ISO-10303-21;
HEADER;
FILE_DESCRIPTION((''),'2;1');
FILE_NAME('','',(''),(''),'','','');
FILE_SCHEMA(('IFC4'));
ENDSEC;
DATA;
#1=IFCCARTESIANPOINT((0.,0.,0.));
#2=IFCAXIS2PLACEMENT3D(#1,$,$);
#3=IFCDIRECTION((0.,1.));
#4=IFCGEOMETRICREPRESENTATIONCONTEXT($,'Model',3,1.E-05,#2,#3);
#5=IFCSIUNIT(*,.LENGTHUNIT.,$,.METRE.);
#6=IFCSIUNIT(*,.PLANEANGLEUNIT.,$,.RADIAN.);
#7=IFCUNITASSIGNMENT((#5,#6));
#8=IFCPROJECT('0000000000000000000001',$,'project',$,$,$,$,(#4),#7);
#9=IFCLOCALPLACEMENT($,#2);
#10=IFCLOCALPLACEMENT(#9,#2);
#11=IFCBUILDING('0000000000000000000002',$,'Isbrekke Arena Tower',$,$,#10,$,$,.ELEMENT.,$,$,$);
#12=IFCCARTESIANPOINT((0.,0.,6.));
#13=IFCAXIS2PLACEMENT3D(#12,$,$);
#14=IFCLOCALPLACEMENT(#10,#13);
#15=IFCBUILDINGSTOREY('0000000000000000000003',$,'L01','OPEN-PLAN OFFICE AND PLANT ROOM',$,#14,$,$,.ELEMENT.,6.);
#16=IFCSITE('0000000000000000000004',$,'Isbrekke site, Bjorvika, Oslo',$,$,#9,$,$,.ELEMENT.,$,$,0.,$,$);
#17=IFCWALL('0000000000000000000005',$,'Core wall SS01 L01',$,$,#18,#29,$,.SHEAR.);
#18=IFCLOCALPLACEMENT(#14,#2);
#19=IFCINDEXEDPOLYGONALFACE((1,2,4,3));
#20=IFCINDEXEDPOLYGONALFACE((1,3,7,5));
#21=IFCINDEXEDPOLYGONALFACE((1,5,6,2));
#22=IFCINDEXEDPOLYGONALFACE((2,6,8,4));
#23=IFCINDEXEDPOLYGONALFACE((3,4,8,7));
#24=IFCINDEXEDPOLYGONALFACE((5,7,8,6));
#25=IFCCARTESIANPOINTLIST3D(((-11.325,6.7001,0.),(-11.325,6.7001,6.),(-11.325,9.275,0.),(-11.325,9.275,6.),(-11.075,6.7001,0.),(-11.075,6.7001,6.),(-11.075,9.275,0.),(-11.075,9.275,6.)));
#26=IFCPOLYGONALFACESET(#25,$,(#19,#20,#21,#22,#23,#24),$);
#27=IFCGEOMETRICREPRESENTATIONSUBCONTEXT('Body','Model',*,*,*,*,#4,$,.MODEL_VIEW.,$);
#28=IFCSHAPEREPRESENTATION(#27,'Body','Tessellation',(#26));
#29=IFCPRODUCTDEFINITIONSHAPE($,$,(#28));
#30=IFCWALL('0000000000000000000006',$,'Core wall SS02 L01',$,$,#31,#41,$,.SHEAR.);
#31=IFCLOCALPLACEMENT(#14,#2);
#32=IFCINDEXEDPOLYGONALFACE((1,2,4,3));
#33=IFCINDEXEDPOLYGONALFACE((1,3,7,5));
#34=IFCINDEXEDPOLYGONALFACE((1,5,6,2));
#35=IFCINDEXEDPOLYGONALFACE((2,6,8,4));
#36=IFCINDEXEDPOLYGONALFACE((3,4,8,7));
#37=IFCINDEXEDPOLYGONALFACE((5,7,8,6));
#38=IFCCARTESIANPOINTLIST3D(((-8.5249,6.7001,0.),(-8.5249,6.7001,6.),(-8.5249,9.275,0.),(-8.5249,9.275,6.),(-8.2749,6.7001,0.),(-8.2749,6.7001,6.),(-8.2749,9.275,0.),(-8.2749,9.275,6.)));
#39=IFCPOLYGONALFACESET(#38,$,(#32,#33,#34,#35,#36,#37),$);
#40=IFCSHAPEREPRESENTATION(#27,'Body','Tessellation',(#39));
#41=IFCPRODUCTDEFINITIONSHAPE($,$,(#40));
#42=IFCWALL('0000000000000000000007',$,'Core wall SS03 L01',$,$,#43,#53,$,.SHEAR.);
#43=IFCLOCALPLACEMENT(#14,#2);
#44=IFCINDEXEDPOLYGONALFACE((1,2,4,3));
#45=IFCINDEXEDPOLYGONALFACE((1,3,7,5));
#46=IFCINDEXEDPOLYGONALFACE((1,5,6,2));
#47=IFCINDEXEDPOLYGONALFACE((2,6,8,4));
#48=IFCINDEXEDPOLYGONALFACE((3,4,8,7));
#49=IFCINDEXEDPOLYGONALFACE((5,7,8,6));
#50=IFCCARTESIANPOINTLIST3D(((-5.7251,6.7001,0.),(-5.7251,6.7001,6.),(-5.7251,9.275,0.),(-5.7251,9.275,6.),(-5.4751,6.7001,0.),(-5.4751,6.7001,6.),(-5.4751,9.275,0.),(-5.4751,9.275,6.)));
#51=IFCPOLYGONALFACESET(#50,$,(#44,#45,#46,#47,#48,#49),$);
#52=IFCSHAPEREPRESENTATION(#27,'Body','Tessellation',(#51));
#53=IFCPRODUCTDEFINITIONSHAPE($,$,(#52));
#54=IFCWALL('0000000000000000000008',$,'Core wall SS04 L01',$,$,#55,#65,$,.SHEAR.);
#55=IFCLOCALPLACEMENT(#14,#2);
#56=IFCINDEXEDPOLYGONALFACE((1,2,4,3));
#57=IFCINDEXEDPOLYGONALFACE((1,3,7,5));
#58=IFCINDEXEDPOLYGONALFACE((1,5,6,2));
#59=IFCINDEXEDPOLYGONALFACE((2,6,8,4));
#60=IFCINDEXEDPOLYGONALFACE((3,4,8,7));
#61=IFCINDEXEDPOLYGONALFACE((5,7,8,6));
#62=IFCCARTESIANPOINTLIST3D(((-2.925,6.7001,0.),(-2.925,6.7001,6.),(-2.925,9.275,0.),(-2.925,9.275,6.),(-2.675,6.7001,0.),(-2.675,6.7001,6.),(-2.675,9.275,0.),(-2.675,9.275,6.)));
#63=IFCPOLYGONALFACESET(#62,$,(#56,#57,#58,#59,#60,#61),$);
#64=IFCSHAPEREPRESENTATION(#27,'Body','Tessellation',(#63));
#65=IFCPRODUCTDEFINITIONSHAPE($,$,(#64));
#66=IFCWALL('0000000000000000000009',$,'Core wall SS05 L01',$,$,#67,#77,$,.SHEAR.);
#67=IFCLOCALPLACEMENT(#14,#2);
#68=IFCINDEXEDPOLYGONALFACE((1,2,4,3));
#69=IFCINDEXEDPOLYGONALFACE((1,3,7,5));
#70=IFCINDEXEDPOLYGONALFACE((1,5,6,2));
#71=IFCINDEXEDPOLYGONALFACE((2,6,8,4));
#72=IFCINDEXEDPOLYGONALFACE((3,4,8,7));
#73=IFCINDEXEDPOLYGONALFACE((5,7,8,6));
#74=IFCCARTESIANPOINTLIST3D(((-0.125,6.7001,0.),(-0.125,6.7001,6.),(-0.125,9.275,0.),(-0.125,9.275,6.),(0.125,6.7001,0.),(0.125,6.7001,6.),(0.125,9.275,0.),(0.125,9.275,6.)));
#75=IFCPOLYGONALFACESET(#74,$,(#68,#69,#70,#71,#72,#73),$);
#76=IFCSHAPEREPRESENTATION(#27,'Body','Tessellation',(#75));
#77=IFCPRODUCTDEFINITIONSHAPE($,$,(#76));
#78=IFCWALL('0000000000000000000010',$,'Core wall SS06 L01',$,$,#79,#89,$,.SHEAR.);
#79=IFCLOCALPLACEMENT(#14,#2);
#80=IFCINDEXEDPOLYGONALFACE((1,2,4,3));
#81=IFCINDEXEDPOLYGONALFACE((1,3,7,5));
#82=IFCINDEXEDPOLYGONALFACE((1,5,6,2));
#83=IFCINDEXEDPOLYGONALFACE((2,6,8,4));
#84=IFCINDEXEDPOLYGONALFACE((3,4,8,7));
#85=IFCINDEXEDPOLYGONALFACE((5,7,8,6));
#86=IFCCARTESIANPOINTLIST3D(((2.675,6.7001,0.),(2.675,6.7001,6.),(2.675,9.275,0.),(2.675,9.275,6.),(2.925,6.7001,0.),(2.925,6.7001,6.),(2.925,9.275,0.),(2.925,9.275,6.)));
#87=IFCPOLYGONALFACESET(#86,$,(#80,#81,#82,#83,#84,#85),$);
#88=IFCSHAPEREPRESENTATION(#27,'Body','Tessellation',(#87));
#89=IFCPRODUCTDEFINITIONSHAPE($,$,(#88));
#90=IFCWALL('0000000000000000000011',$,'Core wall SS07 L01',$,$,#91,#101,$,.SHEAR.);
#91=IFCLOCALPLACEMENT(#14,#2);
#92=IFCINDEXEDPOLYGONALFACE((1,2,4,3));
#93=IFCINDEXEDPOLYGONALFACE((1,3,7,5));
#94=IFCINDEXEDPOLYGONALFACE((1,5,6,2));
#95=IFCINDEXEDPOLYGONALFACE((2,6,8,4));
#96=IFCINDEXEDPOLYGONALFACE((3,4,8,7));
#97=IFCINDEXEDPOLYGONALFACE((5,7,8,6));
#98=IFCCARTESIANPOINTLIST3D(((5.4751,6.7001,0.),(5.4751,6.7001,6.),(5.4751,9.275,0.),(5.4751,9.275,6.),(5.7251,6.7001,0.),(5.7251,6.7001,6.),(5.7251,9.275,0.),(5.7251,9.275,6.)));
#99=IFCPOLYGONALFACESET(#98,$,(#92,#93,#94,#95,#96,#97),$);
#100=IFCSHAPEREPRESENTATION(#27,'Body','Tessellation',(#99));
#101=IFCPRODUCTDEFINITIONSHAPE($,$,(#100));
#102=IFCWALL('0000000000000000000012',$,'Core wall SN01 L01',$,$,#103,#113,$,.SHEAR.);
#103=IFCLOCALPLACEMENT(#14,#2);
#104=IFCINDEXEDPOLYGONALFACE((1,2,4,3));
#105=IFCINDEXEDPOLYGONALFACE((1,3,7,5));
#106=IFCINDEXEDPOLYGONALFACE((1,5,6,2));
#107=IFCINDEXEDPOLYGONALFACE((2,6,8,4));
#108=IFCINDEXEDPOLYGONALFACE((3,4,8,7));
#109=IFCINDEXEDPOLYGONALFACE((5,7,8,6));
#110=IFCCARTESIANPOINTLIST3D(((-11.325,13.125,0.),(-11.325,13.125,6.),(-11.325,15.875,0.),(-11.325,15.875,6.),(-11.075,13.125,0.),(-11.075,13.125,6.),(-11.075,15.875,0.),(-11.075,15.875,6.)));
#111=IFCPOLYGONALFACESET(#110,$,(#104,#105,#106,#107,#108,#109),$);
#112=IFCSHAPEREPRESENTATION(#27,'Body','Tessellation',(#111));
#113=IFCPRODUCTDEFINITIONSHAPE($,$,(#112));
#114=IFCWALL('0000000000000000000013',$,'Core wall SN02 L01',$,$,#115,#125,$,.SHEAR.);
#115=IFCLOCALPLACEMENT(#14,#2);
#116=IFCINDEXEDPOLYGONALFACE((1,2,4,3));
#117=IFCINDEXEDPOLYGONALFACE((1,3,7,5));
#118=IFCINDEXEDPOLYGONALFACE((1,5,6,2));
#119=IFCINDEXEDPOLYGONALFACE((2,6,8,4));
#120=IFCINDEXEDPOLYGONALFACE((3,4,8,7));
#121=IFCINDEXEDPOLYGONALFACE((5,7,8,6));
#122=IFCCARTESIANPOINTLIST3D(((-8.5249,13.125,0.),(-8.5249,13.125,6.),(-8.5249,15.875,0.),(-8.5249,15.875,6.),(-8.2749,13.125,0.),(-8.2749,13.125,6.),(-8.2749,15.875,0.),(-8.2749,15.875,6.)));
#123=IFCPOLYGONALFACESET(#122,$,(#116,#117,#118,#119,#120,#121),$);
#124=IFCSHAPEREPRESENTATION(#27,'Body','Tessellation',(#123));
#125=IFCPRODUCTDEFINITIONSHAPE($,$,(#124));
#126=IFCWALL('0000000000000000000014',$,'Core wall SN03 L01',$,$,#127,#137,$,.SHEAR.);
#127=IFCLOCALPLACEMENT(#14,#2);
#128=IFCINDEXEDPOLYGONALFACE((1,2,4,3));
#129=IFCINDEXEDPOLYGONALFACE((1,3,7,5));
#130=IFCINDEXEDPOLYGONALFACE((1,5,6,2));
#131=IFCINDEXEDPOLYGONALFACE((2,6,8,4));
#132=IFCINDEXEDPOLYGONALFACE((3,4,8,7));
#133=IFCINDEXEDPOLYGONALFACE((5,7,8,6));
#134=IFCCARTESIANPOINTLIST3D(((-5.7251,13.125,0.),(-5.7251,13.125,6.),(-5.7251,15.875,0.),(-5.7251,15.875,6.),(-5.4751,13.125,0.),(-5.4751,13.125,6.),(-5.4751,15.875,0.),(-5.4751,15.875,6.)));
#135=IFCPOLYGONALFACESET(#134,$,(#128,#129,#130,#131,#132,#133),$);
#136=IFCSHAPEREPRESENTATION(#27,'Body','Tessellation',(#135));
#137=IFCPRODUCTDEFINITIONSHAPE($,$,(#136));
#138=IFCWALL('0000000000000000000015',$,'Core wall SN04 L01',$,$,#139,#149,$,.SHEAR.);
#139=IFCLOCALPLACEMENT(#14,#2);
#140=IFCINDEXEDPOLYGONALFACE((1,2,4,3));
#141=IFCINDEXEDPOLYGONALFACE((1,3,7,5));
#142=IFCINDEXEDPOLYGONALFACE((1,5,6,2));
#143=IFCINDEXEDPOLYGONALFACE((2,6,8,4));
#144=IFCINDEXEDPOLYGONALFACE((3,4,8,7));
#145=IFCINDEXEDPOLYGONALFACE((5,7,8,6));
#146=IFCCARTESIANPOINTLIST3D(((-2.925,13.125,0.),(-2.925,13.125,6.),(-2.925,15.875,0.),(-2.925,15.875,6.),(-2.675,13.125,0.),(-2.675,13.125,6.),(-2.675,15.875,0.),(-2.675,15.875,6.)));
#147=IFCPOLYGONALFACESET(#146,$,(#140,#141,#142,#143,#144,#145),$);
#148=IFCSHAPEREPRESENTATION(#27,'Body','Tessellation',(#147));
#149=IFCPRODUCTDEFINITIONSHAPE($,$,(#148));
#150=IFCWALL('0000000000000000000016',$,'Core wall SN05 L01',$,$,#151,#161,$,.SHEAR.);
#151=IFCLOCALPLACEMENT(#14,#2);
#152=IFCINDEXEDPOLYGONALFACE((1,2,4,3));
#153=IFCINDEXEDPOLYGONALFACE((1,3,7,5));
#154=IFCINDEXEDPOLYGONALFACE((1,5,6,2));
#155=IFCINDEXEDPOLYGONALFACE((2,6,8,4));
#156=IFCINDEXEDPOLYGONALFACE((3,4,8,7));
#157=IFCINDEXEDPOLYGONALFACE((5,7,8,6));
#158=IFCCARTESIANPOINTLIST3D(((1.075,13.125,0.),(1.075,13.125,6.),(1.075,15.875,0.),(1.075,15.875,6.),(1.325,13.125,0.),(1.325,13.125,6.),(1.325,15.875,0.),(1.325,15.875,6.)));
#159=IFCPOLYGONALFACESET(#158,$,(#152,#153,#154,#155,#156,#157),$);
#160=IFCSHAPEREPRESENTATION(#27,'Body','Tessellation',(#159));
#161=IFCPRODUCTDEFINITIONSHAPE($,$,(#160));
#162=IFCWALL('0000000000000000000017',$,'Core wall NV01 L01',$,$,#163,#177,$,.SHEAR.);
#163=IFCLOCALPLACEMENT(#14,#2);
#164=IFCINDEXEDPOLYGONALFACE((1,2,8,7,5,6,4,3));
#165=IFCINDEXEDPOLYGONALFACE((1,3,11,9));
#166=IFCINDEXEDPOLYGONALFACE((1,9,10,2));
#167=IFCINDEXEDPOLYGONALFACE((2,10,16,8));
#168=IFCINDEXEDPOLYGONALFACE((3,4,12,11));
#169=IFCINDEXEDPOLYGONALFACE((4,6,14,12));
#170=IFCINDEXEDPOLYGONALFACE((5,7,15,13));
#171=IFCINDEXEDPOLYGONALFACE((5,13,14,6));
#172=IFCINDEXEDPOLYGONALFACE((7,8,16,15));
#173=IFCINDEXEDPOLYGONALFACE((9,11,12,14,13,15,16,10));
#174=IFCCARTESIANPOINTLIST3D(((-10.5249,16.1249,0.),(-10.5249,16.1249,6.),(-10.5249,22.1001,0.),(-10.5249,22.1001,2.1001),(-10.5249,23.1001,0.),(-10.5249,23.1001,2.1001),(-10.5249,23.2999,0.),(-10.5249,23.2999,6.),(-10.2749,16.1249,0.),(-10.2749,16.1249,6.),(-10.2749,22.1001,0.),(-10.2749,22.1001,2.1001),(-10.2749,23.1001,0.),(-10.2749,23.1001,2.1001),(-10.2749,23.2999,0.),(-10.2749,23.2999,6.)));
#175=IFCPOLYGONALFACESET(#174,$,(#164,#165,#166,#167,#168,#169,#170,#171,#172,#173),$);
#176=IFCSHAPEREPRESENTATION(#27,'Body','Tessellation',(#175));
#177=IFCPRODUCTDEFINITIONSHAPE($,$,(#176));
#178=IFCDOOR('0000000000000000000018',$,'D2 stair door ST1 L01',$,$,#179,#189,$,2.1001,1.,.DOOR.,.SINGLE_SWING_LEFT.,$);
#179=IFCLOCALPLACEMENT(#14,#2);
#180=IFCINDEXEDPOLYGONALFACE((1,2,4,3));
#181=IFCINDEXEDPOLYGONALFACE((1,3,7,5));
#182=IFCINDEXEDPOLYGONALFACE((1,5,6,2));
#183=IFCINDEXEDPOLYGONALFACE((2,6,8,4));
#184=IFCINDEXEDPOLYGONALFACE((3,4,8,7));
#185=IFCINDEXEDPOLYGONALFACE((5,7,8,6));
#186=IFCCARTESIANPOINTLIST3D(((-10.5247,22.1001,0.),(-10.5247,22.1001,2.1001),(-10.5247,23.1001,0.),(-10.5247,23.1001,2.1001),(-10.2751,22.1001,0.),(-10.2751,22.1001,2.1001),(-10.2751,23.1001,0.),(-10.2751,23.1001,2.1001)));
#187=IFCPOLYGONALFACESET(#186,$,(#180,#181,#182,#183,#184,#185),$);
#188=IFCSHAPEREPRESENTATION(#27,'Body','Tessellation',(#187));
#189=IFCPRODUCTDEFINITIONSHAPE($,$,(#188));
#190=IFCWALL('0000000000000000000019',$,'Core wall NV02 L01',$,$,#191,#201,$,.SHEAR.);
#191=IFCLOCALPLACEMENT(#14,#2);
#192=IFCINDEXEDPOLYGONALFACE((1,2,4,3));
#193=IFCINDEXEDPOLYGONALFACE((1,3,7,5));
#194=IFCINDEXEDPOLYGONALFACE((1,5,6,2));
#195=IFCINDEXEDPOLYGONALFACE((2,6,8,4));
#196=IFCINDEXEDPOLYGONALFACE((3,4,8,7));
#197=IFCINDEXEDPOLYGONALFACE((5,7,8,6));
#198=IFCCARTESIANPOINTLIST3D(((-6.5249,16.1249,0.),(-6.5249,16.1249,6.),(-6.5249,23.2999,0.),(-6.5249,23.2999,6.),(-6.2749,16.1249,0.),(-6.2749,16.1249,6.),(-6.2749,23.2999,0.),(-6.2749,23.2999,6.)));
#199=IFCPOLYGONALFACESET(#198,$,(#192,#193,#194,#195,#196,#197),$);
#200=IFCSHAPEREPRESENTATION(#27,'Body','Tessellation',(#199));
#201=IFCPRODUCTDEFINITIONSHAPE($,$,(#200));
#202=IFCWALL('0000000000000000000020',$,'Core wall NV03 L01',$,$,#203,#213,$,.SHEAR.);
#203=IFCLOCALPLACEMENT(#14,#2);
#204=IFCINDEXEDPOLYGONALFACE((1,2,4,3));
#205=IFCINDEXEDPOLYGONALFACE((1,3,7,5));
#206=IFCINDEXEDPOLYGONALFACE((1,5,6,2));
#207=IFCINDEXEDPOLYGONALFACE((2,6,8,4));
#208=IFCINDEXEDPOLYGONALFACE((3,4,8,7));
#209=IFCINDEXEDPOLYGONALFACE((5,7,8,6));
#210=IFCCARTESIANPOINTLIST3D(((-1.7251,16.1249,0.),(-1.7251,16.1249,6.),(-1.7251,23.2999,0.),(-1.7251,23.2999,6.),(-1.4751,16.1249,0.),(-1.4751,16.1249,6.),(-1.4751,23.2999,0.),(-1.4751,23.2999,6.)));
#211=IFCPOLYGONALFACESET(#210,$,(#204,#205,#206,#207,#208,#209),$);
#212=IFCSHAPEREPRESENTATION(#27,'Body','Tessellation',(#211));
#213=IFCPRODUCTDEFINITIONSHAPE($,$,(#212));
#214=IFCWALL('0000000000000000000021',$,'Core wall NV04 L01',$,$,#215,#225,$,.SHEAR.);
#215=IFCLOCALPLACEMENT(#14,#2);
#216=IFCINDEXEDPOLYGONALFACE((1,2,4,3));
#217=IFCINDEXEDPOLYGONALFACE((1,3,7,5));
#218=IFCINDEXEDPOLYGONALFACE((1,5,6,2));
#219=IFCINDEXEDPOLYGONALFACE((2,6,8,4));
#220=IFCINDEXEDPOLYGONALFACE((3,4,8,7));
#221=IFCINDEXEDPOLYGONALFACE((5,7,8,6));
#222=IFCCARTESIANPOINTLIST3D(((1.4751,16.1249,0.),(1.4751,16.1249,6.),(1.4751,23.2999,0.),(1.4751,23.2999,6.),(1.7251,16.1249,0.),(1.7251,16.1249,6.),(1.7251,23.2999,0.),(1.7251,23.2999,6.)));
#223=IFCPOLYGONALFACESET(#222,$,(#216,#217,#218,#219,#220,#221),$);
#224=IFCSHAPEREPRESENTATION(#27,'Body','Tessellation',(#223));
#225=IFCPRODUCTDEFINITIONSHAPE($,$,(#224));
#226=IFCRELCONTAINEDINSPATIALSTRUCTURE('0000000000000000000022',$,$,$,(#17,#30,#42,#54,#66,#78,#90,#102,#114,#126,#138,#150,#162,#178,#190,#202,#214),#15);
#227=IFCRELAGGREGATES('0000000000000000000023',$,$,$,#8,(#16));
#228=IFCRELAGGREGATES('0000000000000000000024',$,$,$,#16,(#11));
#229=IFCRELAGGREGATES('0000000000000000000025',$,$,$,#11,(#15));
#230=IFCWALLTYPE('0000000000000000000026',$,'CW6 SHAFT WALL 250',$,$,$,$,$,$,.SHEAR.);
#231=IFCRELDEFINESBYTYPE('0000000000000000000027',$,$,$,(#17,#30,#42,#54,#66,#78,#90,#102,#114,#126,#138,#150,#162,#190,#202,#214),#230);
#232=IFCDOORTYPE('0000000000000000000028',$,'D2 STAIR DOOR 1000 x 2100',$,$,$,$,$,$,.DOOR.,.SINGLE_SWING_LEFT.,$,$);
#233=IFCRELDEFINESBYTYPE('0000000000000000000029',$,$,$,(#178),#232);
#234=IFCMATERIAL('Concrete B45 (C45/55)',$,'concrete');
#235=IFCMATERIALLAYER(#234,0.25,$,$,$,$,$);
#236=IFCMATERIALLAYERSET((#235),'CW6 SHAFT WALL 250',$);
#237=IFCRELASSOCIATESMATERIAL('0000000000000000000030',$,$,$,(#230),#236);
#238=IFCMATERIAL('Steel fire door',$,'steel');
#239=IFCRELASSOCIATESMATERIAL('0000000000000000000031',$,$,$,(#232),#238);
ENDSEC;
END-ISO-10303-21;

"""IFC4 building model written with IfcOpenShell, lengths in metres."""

from ifc_helpers import new_model, si_unit, direction, frame, frame_2d, origin, place, context, subcontext, project, spatial, rectangle, extrude, material, layer, layer_set, type_object, element, fill, save


model = new_model("IFC4")

# Units and contexts
model_context = context("Model", 3, precision=1e-05, world=origin(), true_north=direction((0.0, 1.0)))
body_context = subcontext(model_context, "Body", "Model", "MODEL_VIEW")
ifc_project = project(units=[si_unit("LENGTHUNIT", "METRE"), si_unit("PLANEANGLEUNIT", "RADIAN")], contexts=[model_context])

# Site, building, storey
site_placement = place(None, origin())
site = spatial("IfcSite", under=ifc_project, at=site_placement, Name="Isbrekke site, Bjorvika, Oslo", CompositionType="ELEMENT", RefElevation=0.0)
building_placement = place(site_placement, origin())
building = spatial("IfcBuilding", under=site, at=building_placement, Name="Isbrekke Arena Tower", CompositionType="ELEMENT")
storey_placement = place(building_placement, frame((0.0, 0.0, 6.0)))
storey = spatial("IfcBuildingStorey", under=building, at=storey_placement, Name="L01", Description="OPEN-PLAN OFFICE AND PLANT ROOM", CompositionType="ELEMENT", Elevation=6.0)

# Walls
ifc_material_1 = material(Name="Concrete B45 (C45/55)", Category="concrete")
ifc_layer = layer(ifc_material_1, 0.25)
ifc_layer_set = layer_set([ifc_layer], Name="CW6 SHAFT WALL 250")
wall_type = type_object("IfcWallType", Name="CW6 SHAFT WALL 250", PredefinedType="SHEAR", material=ifc_layer_set)
for number, where, z_axis, x_axis, name in (
    (1, (-11.2, 6.7, 0.0), (0.0, 0.0, 1.0), (0.0, 1.0, 0.0), "Core wall SS01 L01"),
    (2, (-8.3999, 6.7, 0.0), (0.0, 0.0, 1.0), (0.0, 1.0, 0.0), "Core wall SS02 L01"),
    (3, (-5.6001, 6.7, 0.0), (0.0, 0.0, 1.0), (0.0, 1.0, 0.0), "Core wall SS03 L01"),
    (4, (-2.8, 6.7, 0.0), (0.0, 0.0, 1.0), (0.0, 1.0, 0.0), "Core wall SS04 L01"),
    (5, (0.0, 6.7, 0.0), (0.0, 0.0, 1.0), (0.0, 1.0, 0.0), "Core wall SS05 L01"),
    (6, (2.8, 6.7, 0.0), (0.0, 0.0, 1.0), (0.0, 1.0, 0.0), "Core wall SS06 L01"),
    (7, (5.6001, 6.7, 0.0), (0.0, 0.0, 1.0), (0.0, 1.0, 0.0), "Core wall SS07 L01"),
):
    element("IfcWall", number, at=place(storey_placement, frame(where, z_axis=z_axis, x_axis=x_axis)), inside=storey, type_object=wall_type, Name=name, PredefinedType="SHEAR", context=body_context, shape_type="SweptSolid", body=[
        extrude(rectangle(XDim=2.575, YDim=0.25, at=frame_2d((1.2876, 0.0))), origin(), (0.0, 0.0, 1.0), 6.0),
    ])
for number, where, z_axis, x_axis, name in (
    (8, (-11.2, 13.125, 0.0), (0.0, 0.0, 1.0), (0.0, 1.0, 0.0), "Core wall SN01 L01"),
    (9, (-8.3999, 13.125, 0.0), (0.0, 0.0, 1.0), (0.0, 1.0, 0.0), "Core wall SN02 L01"),
    (10, (-5.6001, 13.125, 0.0), (0.0, 0.0, 1.0), (0.0, 1.0, 0.0), "Core wall SN03 L01"),
    (11, (-2.8, 13.125, 0.0), (0.0, 0.0, 1.0), (0.0, 1.0, 0.0), "Core wall SN04 L01"),
    (12, (1.2, 13.125, 0.0), (0.0, 0.0, 1.0), (0.0, 1.0, 0.0), "Core wall SN05 L01"),
):
    element("IfcWall", number, at=place(storey_placement, frame(where, z_axis=z_axis, x_axis=x_axis)), inside=storey, type_object=wall_type, Name=name, PredefinedType="SHEAR", context=body_context, shape_type="SweptSolid", body=[
        extrude(rectangle(XDim=2.75, YDim=0.25, at=frame_2d((1.375, 0.0))), origin(), (0.0, 0.0, 1.0), 6.0),
    ])

# Wall, opening, door
wall_1_placement = place(storey_placement, frame((-10.3999, 16.125, 0.0), z_axis=(0.0, 0.0, 1.0), x_axis=(0.0, 1.0, 0.0)))
wall_1 = element("IfcWall", 13, at=wall_1_placement, inside=storey, type_object=wall_type, Name="Core wall NV01 L01", PredefinedType="SHEAR", context=body_context, shape_type="SweptSolid", body=[
    extrude(rectangle(XDim=7.175, YDim=0.25, at=frame_2d((3.5874, 0.0))), origin(), (0.0, 0.0, 1.0), 6.0),
])
opening_1_placement = place(wall_1_placement, frame((5.9751, 0.0, 0.0)))
opening_1 = element("IfcOpeningElement", 14, at=opening_1_placement, cuts=wall_1, PredefinedType="OPENING", context=body_context, shape_type="SweptSolid", body=[
    extrude(rectangle(XDim=1.0, YDim=2.1001, at=frame_2d((0.5, 1.05))), frame((0.0, 0.1399, 0.0), z_axis=(0.0, -1.0, 0.0), x_axis=(1.0, 0.0, 0.0)), (0.0, 0.0, 1.0), 0.2798),
])
ifc_material_2 = material(Name="Steel fire door", Category="steel")
door_type_1 = type_object("IfcDoorType", Name="D2 STAIR DOOR 1000 x 2100", OperationType="SINGLE_SWING_LEFT", PredefinedType="DOOR", material=ifc_material_2)
door_1_placement = place(opening_1_placement, origin())
door_1 = element("IfcDoor", 15, at=door_1_placement, inside=storey, type_object=door_type_1, Name="D2 stair door ST1 L01", OperationType="SINGLE_SWING_LEFT", OverallHeight=2.1001, OverallWidth=1.0, PredefinedType="DOOR", context=body_context, shape_type="SweptSolid", body=[
    extrude(rectangle(XDim=1.0, YDim=2.1001, at=frame_2d((0.5, 1.05))), frame((0.0, 0.1248, 0.0), z_axis=(0.0, -1.0, 0.0), x_axis=(1.0, 0.0, 0.0)), (0.0, 0.0, 1.0), 0.2495),
])
fill(opening_1, door_1)

# Walls
for number, where, z_axis, x_axis, name in (
    (16, (-6.3999, 16.125, 0.0), (0.0, 0.0, 1.0), (0.0, 1.0, 0.0), "Core wall NV02 L01"),
    (17, (-1.6001, 16.125, 0.0), (0.0, 0.0, 1.0), (0.0, 1.0, 0.0), "Core wall NV03 L01"),
    (18, (1.6001, 16.125, 0.0), (0.0, 0.0, 1.0), (0.0, 1.0, 0.0), "Core wall NV04 L01"),
):
    element("IfcWall", number, at=place(storey_placement, frame(where, z_axis=z_axis, x_axis=x_axis)), inside=storey, type_object=wall_type, Name=name, PredefinedType="SHEAR", context=body_context, shape_type="SweptSolid", body=[
        extrude(rectangle(XDim=7.175, YDim=0.25, at=frame_2d((3.5874, 0.0))), origin(), (0.0, 0.0, 1.0), 6.0),
    ])

save(model, "model.ifc")
